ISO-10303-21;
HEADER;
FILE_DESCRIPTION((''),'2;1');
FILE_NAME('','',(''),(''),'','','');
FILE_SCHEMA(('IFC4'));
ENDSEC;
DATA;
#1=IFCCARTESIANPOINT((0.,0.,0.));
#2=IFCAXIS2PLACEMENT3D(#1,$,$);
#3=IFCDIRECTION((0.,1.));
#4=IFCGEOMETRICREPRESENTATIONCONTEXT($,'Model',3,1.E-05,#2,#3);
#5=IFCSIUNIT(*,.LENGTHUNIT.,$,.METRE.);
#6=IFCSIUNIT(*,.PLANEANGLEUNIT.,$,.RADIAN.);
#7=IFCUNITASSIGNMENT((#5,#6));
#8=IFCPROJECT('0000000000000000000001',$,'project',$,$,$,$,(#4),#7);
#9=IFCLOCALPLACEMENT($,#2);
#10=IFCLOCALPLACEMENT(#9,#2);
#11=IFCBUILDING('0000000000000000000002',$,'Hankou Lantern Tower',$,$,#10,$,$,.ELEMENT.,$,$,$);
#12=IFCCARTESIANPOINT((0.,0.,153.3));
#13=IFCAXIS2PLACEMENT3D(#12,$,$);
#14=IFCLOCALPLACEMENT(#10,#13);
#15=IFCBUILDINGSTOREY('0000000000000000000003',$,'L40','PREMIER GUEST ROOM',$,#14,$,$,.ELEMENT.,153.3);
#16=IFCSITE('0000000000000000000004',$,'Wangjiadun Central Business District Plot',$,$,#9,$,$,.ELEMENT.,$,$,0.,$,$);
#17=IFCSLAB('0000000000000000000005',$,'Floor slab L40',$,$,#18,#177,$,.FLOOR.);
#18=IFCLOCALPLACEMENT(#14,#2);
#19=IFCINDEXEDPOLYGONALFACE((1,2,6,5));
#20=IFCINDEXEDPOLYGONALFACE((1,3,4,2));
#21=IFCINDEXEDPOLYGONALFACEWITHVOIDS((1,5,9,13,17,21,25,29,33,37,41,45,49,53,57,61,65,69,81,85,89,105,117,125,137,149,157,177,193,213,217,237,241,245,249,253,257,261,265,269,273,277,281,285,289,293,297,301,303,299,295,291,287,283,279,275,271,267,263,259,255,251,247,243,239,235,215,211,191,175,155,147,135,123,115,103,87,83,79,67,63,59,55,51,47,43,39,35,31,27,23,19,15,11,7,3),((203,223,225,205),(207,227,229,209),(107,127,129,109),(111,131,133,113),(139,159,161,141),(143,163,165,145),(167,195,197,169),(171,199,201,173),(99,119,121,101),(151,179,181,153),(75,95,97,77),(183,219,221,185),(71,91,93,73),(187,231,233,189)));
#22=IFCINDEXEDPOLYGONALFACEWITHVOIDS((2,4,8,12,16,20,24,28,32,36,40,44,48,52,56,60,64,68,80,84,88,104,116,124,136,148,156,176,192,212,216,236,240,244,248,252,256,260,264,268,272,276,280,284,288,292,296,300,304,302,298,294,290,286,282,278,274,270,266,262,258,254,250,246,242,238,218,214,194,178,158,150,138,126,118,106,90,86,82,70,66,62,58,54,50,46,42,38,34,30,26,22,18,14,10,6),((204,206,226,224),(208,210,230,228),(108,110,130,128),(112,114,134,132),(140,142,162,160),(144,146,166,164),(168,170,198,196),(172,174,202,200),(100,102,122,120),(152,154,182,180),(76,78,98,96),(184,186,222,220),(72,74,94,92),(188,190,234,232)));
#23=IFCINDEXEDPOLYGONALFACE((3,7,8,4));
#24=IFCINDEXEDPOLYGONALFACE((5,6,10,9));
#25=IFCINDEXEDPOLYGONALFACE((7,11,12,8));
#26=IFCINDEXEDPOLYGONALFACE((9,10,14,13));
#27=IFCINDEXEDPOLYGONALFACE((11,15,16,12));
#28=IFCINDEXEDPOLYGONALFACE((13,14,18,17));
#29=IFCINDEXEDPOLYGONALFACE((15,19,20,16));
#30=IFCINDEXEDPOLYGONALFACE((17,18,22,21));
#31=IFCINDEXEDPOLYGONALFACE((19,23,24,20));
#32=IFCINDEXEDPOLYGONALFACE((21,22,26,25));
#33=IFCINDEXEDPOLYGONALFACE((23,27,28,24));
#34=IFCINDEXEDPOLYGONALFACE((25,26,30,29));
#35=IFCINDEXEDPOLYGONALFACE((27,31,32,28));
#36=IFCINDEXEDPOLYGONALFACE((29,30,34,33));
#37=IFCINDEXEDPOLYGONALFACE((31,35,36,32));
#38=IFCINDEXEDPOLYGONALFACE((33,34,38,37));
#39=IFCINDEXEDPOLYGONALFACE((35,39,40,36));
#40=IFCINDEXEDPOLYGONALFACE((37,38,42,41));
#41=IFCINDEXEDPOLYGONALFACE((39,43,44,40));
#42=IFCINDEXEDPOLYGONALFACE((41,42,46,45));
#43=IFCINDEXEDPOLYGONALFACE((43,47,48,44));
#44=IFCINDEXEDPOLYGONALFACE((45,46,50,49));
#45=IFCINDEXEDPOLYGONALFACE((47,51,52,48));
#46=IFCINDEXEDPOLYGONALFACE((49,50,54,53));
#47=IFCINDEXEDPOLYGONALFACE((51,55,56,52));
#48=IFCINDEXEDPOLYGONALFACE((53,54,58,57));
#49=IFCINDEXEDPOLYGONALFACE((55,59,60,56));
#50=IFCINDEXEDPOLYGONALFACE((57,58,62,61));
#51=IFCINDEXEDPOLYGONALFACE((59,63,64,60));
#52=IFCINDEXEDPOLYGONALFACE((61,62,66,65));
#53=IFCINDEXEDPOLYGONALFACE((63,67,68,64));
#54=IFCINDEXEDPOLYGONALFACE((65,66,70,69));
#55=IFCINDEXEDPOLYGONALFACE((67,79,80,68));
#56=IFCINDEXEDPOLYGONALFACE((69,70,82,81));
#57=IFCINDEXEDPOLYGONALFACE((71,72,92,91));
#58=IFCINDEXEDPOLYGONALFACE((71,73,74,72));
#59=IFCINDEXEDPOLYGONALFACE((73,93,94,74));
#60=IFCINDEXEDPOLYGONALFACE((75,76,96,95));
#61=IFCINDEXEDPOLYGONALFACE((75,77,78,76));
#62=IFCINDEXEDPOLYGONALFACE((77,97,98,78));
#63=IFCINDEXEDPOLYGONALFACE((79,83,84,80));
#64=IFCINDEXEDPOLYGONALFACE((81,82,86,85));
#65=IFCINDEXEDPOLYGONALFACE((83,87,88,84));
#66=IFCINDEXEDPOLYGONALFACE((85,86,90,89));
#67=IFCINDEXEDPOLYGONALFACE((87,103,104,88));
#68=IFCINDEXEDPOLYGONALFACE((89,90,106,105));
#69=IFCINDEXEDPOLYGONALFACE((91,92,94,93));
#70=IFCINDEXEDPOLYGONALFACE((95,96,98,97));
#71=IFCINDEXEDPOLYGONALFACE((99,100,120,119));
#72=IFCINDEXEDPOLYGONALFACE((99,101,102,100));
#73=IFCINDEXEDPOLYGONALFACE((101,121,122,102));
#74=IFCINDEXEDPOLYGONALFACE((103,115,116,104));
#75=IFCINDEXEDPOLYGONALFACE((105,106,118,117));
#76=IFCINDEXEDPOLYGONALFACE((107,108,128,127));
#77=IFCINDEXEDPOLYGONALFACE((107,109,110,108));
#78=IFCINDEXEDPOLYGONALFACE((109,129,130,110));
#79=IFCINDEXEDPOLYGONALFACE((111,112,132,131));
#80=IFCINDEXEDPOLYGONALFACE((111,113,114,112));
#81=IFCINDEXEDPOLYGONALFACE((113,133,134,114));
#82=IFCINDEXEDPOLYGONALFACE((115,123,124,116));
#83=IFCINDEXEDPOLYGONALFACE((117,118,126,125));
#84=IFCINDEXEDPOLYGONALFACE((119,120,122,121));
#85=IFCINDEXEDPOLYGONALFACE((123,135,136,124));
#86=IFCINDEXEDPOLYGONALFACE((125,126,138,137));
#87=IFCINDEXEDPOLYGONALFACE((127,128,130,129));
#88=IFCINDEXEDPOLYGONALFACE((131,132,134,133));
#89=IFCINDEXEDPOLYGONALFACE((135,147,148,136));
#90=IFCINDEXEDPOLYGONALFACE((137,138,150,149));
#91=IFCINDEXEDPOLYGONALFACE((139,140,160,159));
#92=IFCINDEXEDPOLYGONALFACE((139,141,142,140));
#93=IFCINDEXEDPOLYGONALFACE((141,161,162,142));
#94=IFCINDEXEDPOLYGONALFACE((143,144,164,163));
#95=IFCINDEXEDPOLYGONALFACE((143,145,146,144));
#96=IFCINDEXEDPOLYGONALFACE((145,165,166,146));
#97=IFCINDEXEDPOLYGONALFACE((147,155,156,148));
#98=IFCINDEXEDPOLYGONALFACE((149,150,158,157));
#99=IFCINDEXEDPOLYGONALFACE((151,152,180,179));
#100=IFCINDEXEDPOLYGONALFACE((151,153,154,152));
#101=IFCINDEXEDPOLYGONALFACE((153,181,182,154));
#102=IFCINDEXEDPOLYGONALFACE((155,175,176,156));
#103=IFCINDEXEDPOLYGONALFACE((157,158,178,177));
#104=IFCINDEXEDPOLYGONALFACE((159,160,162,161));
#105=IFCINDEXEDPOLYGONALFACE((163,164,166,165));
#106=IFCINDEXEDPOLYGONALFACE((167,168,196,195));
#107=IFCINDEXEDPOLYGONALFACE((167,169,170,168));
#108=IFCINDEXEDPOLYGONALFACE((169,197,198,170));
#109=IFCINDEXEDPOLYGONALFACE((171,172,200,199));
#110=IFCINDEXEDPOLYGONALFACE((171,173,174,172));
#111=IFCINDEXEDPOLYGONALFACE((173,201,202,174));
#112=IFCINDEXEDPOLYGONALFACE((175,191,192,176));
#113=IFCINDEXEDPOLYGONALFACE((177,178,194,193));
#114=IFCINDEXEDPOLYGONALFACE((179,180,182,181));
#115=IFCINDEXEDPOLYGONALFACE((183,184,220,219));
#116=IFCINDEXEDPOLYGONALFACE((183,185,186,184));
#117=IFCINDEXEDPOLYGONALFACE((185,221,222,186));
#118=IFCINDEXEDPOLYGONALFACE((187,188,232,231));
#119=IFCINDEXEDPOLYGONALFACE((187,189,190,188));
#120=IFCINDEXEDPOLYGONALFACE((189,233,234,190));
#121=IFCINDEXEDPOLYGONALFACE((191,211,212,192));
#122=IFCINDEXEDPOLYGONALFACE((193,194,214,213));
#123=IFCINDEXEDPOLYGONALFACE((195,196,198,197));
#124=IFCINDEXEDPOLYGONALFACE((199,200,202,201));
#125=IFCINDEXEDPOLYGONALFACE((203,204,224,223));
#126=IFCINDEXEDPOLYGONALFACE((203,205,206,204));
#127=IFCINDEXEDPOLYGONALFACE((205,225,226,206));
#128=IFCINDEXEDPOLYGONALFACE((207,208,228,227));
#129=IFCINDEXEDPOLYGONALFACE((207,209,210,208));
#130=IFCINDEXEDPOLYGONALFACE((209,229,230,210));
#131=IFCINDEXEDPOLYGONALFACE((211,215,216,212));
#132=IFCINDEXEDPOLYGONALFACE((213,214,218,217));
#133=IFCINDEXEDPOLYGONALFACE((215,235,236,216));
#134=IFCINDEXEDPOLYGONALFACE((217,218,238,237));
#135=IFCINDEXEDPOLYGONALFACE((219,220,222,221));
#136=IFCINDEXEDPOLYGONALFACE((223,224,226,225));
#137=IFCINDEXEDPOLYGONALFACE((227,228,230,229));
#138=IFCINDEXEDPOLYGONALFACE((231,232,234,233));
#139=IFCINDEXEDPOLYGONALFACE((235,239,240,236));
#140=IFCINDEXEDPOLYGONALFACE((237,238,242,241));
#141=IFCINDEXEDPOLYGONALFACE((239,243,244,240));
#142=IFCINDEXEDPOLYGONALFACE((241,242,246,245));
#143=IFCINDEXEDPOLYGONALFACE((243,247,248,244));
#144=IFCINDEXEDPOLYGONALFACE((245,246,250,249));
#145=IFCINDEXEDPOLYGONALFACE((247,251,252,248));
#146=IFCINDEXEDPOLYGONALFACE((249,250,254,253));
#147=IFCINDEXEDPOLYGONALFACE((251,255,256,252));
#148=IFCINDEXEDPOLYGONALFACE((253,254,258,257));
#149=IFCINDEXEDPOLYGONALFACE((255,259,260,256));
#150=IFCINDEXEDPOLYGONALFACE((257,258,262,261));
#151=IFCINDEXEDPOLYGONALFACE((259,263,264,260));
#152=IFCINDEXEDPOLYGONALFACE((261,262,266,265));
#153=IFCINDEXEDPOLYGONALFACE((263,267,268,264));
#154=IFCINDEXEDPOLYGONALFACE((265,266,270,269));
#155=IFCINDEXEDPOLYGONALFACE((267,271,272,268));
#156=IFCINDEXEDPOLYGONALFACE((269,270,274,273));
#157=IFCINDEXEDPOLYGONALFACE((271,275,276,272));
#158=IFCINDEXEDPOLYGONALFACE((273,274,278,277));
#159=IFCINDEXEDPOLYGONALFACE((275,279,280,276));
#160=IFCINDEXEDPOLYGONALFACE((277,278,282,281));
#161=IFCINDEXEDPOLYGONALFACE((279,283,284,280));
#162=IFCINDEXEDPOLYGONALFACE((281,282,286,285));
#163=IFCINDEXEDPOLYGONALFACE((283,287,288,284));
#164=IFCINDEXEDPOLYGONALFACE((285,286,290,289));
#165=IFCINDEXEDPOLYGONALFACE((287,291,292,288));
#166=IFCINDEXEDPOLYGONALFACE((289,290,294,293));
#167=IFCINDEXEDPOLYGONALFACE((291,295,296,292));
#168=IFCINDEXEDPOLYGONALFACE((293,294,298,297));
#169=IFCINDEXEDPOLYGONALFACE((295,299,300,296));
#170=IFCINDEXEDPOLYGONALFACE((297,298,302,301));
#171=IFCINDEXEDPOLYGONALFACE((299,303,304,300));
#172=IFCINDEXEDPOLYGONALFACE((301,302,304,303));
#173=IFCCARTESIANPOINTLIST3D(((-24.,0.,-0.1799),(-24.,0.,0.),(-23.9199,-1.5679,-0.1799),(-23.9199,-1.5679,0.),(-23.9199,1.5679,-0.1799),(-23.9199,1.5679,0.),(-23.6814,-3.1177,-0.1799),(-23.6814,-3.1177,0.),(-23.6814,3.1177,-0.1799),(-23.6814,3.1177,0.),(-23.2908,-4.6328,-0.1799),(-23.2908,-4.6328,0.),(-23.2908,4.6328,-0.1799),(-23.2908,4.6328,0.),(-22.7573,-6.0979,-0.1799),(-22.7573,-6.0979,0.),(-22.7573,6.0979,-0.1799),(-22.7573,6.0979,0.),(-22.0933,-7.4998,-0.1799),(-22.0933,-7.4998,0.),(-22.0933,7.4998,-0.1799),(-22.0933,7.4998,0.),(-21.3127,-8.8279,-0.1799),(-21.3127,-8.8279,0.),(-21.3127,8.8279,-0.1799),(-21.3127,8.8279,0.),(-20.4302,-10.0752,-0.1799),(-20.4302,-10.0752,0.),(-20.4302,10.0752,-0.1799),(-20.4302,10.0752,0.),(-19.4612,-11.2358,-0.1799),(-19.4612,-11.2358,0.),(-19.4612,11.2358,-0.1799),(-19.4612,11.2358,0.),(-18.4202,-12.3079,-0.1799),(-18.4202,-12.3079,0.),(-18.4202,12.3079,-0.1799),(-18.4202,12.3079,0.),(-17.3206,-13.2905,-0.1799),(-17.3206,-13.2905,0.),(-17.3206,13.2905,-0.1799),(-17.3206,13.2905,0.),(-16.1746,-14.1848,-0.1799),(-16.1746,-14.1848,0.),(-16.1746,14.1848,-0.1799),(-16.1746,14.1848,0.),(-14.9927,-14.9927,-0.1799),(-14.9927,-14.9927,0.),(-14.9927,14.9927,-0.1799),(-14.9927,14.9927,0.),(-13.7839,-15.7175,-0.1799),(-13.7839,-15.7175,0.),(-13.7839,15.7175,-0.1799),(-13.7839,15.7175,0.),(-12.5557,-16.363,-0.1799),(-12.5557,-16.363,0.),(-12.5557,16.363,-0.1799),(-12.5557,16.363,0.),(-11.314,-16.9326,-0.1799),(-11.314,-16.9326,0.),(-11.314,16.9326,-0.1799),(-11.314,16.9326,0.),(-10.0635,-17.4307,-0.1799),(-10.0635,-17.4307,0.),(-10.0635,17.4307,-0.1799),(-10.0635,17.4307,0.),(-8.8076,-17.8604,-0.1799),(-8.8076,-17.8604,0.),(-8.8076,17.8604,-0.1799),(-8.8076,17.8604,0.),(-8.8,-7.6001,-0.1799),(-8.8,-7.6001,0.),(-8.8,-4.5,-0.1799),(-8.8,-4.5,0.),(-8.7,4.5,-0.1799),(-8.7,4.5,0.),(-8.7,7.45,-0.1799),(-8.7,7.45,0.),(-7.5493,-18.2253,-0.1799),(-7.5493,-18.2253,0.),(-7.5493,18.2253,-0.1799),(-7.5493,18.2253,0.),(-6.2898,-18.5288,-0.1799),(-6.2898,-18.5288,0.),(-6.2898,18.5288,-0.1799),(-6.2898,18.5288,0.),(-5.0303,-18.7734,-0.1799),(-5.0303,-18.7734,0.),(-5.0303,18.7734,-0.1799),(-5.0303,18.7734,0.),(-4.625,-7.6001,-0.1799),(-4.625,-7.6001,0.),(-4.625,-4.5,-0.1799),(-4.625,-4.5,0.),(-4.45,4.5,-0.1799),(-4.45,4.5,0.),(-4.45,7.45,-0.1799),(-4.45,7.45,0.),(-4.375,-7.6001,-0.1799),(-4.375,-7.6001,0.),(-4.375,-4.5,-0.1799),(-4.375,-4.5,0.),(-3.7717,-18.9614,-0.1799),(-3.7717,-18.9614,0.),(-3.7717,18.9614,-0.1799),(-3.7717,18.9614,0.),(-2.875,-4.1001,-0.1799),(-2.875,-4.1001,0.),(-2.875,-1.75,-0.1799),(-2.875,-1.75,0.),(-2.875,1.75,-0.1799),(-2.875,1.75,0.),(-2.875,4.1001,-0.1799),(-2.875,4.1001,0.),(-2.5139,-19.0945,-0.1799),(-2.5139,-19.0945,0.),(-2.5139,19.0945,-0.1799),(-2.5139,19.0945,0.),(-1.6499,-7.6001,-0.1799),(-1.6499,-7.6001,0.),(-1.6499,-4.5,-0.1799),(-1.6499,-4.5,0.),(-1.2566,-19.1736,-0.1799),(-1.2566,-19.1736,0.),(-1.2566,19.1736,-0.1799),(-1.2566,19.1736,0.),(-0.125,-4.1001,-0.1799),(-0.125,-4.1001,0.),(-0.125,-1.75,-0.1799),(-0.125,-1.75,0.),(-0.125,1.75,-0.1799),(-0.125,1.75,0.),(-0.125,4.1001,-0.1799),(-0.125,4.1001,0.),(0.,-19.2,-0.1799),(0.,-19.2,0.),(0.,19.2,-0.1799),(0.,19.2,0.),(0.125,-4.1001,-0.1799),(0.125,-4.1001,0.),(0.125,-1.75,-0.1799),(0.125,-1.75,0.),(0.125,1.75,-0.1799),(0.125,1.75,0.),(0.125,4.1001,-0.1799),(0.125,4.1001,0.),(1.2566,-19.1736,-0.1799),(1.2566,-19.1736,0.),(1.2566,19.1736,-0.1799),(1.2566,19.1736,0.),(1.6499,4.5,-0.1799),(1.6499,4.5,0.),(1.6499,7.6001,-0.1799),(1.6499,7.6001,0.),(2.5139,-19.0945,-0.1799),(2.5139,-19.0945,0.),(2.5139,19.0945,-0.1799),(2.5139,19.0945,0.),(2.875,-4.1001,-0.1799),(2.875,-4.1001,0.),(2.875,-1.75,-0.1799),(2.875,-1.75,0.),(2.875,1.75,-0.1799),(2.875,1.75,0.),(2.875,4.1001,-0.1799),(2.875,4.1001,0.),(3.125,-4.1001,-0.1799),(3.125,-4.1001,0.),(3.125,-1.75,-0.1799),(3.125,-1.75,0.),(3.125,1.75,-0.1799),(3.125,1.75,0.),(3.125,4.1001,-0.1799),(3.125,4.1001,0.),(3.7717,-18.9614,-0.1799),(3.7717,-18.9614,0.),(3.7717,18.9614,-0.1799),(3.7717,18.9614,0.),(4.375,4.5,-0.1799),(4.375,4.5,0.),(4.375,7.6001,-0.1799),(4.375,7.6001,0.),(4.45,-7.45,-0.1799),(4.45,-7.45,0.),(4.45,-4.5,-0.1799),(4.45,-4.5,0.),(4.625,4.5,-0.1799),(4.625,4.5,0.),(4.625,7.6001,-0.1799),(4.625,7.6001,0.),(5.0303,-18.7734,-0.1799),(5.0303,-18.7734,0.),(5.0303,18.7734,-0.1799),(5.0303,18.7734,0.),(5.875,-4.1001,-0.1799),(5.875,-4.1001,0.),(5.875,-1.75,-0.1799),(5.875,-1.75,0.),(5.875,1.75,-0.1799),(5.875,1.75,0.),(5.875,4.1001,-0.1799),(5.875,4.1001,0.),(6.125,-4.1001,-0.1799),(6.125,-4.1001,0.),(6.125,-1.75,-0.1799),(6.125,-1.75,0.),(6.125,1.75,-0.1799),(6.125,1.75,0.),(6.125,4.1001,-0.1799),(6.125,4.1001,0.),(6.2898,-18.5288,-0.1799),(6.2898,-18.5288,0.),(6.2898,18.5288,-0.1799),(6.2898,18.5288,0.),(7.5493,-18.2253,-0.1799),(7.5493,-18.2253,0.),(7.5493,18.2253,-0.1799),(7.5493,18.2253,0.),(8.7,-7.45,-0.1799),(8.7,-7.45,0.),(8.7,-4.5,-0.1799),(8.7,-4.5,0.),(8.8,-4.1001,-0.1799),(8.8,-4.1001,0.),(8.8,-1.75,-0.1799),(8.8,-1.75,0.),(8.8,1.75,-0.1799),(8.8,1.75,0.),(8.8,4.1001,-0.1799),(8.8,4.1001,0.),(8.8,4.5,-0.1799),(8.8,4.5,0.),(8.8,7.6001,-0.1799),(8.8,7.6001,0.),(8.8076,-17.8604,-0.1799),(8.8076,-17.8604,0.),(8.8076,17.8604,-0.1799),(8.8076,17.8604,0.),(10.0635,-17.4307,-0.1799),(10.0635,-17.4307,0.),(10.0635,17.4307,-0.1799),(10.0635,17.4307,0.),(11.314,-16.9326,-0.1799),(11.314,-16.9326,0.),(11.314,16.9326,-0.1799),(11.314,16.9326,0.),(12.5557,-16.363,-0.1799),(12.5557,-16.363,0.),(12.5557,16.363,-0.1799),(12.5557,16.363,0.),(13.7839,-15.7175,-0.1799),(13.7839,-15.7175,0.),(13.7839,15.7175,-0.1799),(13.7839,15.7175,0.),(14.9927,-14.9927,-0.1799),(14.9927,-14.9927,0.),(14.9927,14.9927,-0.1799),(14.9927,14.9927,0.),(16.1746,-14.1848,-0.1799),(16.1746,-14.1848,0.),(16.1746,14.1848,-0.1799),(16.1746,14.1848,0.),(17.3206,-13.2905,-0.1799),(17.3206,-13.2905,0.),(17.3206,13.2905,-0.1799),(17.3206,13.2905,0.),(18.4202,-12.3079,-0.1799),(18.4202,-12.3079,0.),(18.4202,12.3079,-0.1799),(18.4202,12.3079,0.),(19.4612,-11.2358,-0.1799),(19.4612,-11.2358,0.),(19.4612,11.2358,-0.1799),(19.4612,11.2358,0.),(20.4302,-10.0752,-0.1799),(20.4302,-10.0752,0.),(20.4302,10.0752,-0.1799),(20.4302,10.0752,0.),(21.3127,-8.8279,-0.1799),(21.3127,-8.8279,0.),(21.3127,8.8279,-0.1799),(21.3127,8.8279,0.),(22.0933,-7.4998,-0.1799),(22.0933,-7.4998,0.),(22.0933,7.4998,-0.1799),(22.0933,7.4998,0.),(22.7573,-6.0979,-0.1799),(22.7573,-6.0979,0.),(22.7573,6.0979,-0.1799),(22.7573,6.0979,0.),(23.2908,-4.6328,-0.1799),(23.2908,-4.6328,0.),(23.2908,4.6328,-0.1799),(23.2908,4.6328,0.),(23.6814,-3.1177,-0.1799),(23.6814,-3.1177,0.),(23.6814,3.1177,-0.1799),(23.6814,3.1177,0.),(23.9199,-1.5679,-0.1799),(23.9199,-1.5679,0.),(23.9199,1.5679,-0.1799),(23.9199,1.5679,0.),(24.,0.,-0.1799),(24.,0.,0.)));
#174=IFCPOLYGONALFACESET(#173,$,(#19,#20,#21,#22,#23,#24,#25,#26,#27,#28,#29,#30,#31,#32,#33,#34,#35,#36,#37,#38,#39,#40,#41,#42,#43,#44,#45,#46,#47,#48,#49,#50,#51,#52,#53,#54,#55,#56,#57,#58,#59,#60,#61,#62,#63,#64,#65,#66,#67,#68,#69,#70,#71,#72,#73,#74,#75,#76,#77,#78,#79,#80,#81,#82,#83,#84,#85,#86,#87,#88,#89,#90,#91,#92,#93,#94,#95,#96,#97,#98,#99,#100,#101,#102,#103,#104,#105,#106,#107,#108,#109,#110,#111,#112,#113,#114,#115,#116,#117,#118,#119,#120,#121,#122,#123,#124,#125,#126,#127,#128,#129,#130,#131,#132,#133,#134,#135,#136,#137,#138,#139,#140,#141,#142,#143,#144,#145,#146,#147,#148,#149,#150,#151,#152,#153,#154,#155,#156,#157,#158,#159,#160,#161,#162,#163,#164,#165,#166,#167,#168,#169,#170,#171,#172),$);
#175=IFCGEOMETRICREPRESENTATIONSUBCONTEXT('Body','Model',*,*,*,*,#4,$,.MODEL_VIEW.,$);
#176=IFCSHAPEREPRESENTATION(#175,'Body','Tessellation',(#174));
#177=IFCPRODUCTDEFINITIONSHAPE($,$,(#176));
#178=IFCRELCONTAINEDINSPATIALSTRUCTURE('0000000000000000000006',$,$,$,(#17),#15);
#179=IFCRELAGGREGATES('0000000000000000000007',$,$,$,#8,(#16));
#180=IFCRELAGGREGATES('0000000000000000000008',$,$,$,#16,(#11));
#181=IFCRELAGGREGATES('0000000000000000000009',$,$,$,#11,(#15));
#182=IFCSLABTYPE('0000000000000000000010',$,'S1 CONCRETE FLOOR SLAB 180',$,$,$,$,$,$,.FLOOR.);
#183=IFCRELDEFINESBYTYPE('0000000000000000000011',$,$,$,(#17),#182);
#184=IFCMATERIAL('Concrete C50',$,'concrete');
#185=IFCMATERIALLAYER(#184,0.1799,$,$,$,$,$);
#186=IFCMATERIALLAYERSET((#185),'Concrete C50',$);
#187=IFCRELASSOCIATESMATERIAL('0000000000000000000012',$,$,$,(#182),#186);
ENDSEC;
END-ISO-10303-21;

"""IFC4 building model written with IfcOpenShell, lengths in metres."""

from ifc_helpers import new_model, si_unit, direction, frame, origin, place, context, subcontext, project, spatial, polyline, outline, extrude, material, layer, layer_set, type_object, element, save


model = new_model("IFC4")

# Units and contexts
model_context = context("Model", 3, precision=1e-05, world=origin(), true_north=direction((0.0, 1.0)))
body_context = subcontext(model_context, "Body", "Model", "MODEL_VIEW")
ifc_project = project(units=[si_unit("LENGTHUNIT", "METRE"), si_unit("PLANEANGLEUNIT", "RADIAN")], contexts=[model_context])

# Site, building, storey
site_placement = place(None, origin())
site = spatial("IfcSite", under=ifc_project, at=site_placement, Name="Wangjiadun Central Business District Plot", CompositionType="ELEMENT", RefElevation=0.0)
building_placement = place(site_placement, origin())
building = spatial("IfcBuilding", under=site, at=building_placement, Name="Hankou Lantern Tower", CompositionType="ELEMENT")
storey_placement = place(building_placement, frame((0.0, 0.0, 153.3)))
storey = spatial("IfcBuildingStorey", under=building, at=storey_placement, Name="L40", Description="PREMIER GUEST ROOM", CompositionType="ELEMENT", Elevation=153.3)

# Slab
ifc_material_1 = material(Name="Concrete C50", Category="concrete")
ifc_layer_1 = layer(ifc_material_1, 0.1799)
ifc_layer_set_1 = layer_set([ifc_layer_1], Name="Concrete C50")
slab_type = type_object("IfcSlabType", Name="S1 CONCRETE FLOOR SLAB 180", PredefinedType="FLOOR", material=ifc_layer_set_1)
slab_placement = place(storey_placement, frame((0.0, 0.0, -0.1799)))
element("IfcSlab", 1, at=slab_placement, inside=storey, type_object=slab_type, Name="Floor slab L40", PredefinedType="FLOOR", context=body_context, shape_type="SweptSolid", body=[
    extrude(outline(polyline([(24.0, 0.0), (23.9199, 1.5679), (23.6814, 3.1177), (23.2908, 4.6328), (22.7573, 6.0979), (22.0933, 7.4998), (21.3127, 8.8279), (20.4302, 10.0752), (19.4612, 11.2358), (18.4202, 12.3079), (17.3206, 13.2905), (16.1746, 14.1848), (14.9927, 14.9927), (13.7839, 15.7175), (12.5557, 16.363), (11.314, 16.9326), (10.0635, 17.4307), (8.8076, 17.8604), (7.5493, 18.2253), (6.2898, 18.5288), (5.0303, 18.7734), (3.7717, 18.9614), (2.5139, 19.0945), (1.2566, 19.1736), (0.0, 19.2), (-1.2566, 19.1736), (-2.5139, 19.0945), (-3.7717, 18.9614), (-5.0303, 18.7734), (-6.2898, 18.5288), (-7.5493, 18.2253), (-8.8076, 17.8604), (-10.0635, 17.4307), (-11.314, 16.9326), (-12.5557, 16.363), (-13.7839, 15.7175), (-14.9927, 14.9927), (-16.1746, 14.1848), (-17.3206, 13.2905), (-18.4202, 12.3079), (-19.4612, 11.2358), (-20.4302, 10.0752), (-21.3127, 8.8279), (-22.0933, 7.4998), (-22.7573, 6.0979), (-23.2908, 4.6328), (-23.6814, 3.1177), (-23.9199, 1.5679), (-24.0, 0.0), (-23.9199, -1.5679), (-23.6814, -3.1177), (-23.2908, -4.6328), (-22.7573, -6.0979), (-22.0933, -7.4998), (-21.3127, -8.8279), (-20.4302, -10.0752), (-19.4612, -11.2358), (-18.4202, -12.3079), (-17.3206, -13.2905), (-16.1746, -14.1848), (-14.9927, -14.9927), (-13.7839, -15.7175), (-12.5557, -16.363), (-11.314, -16.9326), (-10.0635, -17.4307), (-8.8076, -17.8604), (-7.5493, -18.2253), (-6.2898, -18.5288), (-5.0303, -18.7734), (-3.7717, -18.9614), (-2.5139, -19.0945), (-1.2566, -19.1736), (0.0, -19.2), (1.2566, -19.1736), (2.5139, -19.0945), (3.7717, -18.9614), (5.0303, -18.7734), (6.2898, -18.5288), (7.5493, -18.2253), (8.8076, -17.8604), (10.0635, -17.4307), (11.314, -16.9326), (12.5557, -16.363), (13.7839, -15.7175), (14.9927, -14.9927), (16.1746, -14.1848), (17.3206, -13.2905), (18.4202, -12.3079), (19.4612, -11.2358), (20.4302, -10.0752), (21.3127, -8.8279), (22.0933, -7.4998), (22.7573, -6.0979), (23.2908, -4.6328), (23.6814, -3.1177), (23.9199, -1.5679), (24.0, 0.0)]), holes=[polyline([(-2.875, 4.1001), (-0.125, 4.1001), (-0.125, 1.75), (-2.875, 1.75), (-2.875, 4.1001)]), polyline([(0.125, 4.1001), (2.875, 4.1001), (2.875, 1.75), (0.125, 1.75), (0.125, 4.1001)]), polyline([(3.125, 4.1001), (5.875, 4.1001), (5.875, 1.75), (3.125, 1.75), (3.125, 4.1001)]), polyline([(6.125, 4.1001), (8.8, 4.1001), (8.8, 1.75), (6.125, 1.75), (6.125, 4.1001)]), polyline([(-2.875, -1.75), (-0.125, -1.75), (-0.125, -4.1001), (-2.875, -4.1001), (-2.875, -1.75)]), polyline([(0.125, -1.75), (2.875, -1.75), (2.875, -4.1001), (0.125, -4.1001), (0.125, -1.75)]), polyline([(3.125, -1.75), (5.875, -1.75), (5.875, -4.1001), (3.125, -4.1001), (3.125, -1.75)]), polyline([(6.125, -1.75), (8.8, -1.75), (8.8, -4.1001), (6.125, -4.1001), (6.125, -1.75)]), polyline([(1.6499, 7.6001), (4.375, 7.6001), (4.375, 4.5), (1.6499, 4.5), (1.6499, 7.6001)]), polyline([(-4.375, -4.5), (-1.6499, -4.5), (-1.6499, -7.6001), (-4.375, -7.6001), (-4.375, -4.5)]), polyline([(-8.7, 7.45), (-4.45, 7.45), (-4.45, 4.5), (-8.7, 4.5), (-8.7, 7.45)]), polyline([(4.45, -4.5), (8.7, -4.5), (8.7, -7.45), (4.45, -7.45), (4.45, -4.5)]), polyline([(4.625, 7.6001), (8.8, 7.6001), (8.8, 4.5), (4.625, 4.5), (4.625, 7.6001)]), polyline([(-8.8, -4.5), (-4.625, -4.5), (-4.625, -7.6001), (-8.8, -7.6001), (-8.8, -4.5)])]), origin(), (0.0, 0.0, 1.0), 0.1799),
])

save(model, "model.ifc")
